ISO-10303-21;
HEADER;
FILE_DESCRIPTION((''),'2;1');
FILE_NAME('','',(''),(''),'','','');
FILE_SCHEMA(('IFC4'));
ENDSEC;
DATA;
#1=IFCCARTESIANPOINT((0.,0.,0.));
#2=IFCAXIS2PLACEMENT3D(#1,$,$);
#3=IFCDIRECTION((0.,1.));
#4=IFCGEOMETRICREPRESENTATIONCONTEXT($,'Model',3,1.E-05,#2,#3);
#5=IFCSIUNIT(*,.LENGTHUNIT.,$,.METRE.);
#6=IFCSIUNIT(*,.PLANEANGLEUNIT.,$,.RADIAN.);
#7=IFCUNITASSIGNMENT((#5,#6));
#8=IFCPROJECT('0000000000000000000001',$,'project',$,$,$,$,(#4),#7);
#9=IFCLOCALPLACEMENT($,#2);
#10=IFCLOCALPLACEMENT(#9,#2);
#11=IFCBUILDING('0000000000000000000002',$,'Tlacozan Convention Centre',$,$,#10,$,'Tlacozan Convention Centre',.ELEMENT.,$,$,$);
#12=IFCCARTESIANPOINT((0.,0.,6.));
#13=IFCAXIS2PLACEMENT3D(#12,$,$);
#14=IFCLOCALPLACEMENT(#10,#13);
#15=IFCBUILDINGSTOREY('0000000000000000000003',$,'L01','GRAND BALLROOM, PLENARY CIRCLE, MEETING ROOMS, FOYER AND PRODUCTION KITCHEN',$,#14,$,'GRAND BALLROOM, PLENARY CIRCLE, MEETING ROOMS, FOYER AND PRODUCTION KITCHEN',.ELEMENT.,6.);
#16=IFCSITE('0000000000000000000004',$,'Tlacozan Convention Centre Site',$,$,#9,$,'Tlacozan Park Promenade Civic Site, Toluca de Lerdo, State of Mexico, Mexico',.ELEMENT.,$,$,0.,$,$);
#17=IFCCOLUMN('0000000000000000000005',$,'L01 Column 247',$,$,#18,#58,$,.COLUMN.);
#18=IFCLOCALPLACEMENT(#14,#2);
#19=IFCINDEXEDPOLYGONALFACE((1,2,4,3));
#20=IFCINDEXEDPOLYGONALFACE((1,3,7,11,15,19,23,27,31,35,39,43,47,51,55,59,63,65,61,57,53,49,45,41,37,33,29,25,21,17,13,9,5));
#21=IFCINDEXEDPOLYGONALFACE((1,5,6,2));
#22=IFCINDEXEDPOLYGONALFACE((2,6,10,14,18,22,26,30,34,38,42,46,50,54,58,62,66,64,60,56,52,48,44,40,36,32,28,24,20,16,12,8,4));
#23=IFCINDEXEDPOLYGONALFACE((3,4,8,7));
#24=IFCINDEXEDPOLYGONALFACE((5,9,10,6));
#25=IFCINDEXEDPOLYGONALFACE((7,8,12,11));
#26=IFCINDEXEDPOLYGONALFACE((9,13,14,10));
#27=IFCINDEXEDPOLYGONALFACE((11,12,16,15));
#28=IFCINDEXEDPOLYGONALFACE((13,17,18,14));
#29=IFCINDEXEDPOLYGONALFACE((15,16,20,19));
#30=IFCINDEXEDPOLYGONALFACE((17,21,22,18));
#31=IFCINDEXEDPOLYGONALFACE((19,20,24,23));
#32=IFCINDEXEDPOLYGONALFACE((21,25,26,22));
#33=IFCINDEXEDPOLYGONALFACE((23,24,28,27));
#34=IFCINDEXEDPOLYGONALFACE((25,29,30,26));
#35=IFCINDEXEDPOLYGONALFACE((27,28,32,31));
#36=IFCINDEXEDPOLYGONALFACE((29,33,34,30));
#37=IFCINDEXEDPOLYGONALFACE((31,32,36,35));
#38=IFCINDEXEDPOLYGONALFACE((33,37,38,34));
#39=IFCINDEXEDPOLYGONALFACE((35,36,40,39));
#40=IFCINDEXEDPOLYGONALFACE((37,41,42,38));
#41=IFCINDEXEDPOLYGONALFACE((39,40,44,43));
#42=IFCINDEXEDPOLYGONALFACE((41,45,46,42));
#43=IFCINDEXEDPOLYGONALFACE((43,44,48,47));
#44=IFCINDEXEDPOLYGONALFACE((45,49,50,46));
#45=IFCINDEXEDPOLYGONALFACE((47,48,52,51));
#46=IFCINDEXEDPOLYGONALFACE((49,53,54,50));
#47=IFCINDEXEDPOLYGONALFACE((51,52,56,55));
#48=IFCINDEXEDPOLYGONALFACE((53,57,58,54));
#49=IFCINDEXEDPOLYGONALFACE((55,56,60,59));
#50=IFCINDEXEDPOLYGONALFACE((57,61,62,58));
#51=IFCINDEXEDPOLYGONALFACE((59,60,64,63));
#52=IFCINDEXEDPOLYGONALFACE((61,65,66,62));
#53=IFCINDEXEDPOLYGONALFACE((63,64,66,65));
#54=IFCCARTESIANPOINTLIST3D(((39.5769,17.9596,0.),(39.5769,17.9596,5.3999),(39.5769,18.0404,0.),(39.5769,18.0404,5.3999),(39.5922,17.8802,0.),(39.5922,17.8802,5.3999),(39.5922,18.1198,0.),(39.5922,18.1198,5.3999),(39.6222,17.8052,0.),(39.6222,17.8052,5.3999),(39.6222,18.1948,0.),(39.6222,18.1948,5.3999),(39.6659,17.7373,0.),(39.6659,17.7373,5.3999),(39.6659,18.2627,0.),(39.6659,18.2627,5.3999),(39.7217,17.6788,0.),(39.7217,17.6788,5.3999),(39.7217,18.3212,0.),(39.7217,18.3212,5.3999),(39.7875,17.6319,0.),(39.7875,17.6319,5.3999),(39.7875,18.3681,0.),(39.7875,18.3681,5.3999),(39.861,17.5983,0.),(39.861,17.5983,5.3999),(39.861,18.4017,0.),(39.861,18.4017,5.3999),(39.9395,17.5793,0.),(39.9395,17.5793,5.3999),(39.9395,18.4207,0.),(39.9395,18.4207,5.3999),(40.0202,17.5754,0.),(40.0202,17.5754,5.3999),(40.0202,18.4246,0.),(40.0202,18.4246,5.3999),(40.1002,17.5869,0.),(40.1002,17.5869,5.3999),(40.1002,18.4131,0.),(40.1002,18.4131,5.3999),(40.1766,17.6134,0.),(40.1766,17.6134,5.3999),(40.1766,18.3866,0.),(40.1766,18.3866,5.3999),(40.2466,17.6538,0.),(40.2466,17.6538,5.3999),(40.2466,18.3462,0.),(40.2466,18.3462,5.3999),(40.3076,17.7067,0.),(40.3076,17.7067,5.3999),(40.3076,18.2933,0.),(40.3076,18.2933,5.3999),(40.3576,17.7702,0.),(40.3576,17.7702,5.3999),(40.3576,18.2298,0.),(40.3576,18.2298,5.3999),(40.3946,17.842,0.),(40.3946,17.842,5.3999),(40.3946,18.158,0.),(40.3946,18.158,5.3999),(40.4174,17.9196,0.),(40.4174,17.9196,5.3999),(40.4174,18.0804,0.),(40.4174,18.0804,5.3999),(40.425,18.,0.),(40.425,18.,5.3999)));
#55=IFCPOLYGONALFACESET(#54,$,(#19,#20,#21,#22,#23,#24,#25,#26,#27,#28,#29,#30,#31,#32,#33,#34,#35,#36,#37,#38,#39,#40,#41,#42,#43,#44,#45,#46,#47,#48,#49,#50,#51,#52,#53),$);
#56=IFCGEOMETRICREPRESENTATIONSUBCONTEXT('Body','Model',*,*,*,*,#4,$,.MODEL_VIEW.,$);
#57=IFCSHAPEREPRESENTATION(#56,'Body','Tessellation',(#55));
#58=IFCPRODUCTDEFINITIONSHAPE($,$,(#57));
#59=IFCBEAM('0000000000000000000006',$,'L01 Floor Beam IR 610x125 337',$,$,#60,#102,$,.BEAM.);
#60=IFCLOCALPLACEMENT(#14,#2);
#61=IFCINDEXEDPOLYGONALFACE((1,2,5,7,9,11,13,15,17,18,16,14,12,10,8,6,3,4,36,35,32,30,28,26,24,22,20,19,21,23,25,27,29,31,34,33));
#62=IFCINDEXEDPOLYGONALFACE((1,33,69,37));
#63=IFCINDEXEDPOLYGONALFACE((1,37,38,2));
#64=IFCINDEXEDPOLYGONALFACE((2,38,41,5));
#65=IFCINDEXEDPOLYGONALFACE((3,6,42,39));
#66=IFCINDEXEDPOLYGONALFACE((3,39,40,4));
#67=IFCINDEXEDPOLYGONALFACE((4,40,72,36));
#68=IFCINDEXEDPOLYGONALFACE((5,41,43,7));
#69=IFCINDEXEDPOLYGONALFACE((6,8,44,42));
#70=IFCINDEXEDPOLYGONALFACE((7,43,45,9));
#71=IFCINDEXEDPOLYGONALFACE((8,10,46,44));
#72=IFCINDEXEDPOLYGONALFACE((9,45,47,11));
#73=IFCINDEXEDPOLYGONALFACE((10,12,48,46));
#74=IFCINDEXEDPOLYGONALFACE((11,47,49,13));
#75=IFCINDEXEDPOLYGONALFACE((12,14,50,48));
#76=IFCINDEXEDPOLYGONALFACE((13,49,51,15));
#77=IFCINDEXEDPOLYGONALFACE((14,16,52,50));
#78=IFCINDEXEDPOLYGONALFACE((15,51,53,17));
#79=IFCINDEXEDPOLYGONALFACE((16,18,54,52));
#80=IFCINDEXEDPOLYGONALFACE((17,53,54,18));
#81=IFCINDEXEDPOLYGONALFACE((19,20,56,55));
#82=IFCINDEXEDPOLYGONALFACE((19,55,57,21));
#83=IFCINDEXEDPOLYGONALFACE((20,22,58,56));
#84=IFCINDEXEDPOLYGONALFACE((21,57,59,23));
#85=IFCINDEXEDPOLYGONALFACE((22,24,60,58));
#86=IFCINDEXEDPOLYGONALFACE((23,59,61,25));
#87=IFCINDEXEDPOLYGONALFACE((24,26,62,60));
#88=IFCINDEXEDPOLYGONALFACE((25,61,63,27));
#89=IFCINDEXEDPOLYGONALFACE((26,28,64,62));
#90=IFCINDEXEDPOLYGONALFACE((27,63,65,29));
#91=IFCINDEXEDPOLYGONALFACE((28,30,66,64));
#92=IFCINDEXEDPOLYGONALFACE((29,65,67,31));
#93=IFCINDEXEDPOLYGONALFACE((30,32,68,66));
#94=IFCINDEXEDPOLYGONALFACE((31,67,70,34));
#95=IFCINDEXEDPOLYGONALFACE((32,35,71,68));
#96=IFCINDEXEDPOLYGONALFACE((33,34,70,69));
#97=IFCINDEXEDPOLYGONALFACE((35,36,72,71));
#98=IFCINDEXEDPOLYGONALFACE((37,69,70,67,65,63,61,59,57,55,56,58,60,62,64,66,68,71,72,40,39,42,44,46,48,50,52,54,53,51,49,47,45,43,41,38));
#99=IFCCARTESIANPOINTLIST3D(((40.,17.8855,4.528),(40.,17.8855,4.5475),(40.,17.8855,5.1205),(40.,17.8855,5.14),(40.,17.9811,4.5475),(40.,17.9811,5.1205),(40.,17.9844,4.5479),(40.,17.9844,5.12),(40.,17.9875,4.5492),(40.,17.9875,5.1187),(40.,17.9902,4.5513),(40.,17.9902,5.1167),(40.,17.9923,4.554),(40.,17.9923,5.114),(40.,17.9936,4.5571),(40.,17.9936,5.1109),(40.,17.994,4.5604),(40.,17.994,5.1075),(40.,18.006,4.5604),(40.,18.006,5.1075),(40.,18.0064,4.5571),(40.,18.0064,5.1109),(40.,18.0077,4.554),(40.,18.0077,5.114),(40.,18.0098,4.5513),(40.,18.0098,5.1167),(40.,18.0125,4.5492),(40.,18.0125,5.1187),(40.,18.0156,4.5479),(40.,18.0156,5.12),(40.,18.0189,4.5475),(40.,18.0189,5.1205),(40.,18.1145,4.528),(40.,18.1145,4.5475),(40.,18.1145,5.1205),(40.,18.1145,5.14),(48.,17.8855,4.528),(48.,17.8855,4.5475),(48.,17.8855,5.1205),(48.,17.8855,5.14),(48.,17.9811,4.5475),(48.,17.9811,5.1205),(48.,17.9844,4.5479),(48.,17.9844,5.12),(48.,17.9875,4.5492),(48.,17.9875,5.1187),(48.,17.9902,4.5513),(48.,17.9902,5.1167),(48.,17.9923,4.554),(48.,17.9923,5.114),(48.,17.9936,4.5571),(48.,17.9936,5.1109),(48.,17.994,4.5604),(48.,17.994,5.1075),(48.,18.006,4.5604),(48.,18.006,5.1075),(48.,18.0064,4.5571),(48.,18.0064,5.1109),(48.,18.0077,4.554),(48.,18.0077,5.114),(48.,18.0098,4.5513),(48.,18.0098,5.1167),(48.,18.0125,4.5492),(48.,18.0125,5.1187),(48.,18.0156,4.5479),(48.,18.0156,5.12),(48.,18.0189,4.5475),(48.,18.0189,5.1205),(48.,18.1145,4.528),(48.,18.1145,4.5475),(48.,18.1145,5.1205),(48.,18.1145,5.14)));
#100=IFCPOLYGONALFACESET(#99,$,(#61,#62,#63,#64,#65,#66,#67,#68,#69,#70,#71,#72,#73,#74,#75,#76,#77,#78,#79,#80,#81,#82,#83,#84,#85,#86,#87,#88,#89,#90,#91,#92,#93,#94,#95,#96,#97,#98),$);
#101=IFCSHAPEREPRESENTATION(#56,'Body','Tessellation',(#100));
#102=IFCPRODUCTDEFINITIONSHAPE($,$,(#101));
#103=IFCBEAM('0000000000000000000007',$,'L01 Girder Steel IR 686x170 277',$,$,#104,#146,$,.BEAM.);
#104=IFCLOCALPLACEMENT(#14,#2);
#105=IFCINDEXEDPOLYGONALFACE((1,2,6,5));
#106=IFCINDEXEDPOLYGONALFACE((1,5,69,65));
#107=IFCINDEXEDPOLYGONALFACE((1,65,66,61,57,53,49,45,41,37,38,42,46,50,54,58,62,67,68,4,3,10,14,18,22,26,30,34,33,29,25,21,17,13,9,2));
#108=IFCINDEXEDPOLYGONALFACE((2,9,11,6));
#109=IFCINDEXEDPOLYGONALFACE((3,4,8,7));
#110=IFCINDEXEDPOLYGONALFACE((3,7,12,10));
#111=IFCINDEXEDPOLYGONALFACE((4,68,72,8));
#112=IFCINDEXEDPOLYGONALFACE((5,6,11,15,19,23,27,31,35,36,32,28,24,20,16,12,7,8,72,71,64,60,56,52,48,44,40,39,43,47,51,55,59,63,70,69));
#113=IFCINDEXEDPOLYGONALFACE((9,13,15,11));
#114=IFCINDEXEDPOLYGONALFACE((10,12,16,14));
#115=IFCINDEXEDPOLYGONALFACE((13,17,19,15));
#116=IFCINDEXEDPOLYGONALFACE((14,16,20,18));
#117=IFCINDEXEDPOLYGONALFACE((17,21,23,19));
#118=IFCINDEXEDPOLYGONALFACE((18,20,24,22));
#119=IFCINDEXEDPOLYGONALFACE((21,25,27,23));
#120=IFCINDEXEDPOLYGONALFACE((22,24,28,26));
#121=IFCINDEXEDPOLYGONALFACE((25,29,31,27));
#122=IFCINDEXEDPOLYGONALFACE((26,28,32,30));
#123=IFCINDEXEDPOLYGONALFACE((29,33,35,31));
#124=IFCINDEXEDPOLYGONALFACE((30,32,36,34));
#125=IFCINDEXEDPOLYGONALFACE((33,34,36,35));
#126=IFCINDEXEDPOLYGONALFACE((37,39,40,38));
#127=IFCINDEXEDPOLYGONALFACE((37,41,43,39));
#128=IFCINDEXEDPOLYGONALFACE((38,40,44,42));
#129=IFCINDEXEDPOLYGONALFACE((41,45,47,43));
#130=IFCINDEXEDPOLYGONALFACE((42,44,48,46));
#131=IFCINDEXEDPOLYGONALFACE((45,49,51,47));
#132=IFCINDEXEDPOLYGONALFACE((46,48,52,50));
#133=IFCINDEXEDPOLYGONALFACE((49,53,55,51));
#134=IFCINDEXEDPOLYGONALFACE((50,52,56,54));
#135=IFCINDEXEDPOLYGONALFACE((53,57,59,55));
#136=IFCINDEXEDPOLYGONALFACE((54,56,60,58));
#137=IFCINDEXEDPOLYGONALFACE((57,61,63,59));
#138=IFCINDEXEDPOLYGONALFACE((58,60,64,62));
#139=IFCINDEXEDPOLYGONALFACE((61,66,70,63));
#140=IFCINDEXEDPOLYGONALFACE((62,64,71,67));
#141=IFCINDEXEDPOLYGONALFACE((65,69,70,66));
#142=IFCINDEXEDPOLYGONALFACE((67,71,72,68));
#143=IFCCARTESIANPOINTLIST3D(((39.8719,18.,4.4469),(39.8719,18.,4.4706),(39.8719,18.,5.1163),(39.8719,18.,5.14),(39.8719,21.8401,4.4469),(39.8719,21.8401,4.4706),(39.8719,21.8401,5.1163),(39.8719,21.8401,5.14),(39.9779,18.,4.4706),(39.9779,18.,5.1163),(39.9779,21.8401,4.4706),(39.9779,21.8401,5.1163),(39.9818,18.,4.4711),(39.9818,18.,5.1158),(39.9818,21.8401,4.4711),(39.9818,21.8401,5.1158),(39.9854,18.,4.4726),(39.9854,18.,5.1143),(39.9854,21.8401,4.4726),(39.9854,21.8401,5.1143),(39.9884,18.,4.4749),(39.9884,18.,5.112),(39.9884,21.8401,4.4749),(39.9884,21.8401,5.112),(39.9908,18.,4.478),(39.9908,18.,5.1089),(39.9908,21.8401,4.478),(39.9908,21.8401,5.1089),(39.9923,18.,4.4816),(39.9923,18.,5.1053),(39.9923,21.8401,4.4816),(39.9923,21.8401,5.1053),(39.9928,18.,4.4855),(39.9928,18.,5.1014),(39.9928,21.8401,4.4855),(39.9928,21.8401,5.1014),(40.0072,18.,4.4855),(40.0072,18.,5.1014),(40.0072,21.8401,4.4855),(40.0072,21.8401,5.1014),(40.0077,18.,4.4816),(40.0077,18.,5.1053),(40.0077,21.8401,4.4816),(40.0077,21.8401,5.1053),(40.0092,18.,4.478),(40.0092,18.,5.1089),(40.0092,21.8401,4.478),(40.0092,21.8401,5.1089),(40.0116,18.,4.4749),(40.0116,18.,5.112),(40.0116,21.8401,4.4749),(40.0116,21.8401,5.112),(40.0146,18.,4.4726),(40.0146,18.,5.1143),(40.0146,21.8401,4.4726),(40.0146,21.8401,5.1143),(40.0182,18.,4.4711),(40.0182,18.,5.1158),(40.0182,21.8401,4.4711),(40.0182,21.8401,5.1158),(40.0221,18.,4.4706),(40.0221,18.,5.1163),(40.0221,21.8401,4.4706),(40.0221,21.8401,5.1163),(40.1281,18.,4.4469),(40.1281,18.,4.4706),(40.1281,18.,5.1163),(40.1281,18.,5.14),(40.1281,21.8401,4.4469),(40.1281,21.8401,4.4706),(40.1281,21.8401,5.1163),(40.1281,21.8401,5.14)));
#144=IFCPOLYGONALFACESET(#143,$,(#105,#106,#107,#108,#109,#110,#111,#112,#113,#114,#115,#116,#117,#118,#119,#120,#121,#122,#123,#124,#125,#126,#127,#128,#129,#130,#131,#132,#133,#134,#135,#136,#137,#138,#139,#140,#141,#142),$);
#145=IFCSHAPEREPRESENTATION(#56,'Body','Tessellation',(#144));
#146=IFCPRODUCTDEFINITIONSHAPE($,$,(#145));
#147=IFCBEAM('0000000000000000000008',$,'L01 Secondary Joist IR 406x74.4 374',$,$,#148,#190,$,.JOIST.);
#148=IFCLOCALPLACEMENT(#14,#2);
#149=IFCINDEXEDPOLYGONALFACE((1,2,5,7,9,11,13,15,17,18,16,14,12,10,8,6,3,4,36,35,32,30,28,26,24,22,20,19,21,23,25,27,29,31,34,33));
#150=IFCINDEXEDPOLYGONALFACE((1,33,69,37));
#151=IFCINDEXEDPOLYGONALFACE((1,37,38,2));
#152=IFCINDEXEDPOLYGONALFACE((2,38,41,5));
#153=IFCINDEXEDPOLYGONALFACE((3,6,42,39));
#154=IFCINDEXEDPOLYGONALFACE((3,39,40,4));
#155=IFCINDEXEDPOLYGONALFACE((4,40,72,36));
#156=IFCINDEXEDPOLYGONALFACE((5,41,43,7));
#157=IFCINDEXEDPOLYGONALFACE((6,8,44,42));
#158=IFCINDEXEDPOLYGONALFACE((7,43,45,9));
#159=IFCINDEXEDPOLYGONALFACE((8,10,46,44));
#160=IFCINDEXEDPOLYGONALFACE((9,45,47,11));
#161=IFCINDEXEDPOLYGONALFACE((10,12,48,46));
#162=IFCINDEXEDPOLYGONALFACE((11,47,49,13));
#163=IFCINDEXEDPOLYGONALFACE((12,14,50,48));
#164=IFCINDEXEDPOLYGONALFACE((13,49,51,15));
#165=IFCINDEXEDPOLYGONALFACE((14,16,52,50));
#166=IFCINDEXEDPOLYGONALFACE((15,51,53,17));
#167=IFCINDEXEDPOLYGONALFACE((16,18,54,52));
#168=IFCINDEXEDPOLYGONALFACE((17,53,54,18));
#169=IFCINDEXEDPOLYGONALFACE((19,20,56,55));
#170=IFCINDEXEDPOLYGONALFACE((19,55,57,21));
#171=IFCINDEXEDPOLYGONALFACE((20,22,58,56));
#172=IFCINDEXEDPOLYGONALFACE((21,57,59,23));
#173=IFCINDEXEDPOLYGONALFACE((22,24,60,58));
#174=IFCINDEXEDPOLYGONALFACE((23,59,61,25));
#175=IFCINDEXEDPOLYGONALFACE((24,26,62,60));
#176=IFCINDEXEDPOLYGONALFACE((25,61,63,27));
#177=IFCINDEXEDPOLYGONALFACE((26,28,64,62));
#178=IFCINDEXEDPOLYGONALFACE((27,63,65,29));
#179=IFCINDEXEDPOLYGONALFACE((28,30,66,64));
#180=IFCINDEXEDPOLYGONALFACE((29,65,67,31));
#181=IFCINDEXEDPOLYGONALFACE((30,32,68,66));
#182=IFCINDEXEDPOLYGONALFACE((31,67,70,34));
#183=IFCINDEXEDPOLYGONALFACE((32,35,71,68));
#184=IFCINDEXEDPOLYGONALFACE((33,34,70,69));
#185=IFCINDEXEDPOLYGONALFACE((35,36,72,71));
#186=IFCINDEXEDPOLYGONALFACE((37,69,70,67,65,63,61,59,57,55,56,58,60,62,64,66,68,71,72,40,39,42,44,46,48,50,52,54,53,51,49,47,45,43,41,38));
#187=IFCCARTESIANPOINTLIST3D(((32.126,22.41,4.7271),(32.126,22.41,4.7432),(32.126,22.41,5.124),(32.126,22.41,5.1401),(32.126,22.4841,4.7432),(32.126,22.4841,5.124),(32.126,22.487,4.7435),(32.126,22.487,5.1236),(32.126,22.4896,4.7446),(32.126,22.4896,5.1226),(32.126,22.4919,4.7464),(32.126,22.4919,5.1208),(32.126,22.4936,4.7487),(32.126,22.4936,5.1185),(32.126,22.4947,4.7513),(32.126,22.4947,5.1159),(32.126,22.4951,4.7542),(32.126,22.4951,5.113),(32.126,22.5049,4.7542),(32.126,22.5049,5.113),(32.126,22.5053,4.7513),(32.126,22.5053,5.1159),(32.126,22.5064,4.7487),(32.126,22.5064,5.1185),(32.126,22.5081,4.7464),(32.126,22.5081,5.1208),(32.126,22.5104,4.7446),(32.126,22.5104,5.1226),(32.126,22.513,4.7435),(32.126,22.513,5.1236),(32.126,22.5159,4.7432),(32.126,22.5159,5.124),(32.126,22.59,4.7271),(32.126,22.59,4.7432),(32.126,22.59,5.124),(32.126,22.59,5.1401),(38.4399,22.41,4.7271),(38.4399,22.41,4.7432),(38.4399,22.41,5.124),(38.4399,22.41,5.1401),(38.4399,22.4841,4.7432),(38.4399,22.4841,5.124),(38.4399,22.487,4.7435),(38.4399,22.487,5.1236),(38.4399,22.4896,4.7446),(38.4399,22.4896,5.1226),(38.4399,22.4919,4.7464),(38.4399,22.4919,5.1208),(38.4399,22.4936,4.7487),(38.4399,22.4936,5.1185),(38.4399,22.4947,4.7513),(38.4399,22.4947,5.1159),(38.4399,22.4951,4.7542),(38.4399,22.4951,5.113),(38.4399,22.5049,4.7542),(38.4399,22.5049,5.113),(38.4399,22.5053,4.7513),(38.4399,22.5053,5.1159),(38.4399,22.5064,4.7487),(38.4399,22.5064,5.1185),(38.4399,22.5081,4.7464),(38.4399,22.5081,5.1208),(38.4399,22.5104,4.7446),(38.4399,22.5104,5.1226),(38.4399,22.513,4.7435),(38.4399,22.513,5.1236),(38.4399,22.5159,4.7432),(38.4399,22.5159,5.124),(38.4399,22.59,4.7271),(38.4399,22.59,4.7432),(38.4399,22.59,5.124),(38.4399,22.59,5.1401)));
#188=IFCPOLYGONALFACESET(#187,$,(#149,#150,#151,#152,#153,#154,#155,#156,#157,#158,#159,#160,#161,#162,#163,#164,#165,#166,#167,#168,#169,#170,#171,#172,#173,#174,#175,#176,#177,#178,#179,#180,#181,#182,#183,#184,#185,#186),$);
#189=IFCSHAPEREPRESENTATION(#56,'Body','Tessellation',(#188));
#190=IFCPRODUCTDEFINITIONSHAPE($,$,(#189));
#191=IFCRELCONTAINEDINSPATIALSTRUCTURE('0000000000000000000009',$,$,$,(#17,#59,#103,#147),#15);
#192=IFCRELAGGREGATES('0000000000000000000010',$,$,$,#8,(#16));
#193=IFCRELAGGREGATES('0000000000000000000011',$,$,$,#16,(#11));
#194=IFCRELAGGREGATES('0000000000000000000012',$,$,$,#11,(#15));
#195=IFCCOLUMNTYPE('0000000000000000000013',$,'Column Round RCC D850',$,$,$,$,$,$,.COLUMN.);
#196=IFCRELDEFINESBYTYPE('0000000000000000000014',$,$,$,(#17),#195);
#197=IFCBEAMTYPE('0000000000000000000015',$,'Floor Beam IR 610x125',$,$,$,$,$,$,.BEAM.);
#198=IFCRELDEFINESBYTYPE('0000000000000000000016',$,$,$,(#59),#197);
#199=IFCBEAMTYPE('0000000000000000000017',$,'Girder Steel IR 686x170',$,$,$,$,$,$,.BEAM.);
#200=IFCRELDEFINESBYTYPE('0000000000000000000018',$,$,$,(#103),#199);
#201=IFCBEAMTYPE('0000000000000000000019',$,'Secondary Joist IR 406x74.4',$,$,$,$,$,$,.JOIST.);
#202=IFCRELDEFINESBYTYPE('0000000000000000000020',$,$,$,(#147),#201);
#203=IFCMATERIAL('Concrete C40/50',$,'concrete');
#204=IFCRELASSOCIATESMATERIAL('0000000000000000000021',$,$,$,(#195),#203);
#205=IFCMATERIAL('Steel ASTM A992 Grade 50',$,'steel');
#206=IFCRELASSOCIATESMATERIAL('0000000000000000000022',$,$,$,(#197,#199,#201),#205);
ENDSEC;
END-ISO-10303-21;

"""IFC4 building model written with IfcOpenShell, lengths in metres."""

from ifc_helpers import new_model, si_unit, direction, frame, origin, origin_2d, place, context, subcontext, project, spatial, circle, i_section, extrude, material, material_profile, profile_set, type_object, element, save


model = new_model("IFC4")

# Units and contexts
model_context = context("Model", 3, precision=1e-05, world=origin(), true_north=direction((0.0, 1.0)))
body_context = subcontext(model_context, "Body", "Model", "MODEL_VIEW")
ifc_project = project(units=[si_unit("LENGTHUNIT", "METRE"), si_unit("PLANEANGLEUNIT", "RADIAN")], contexts=[model_context])

# Site, building, storey
site_placement = place(None, origin())
site = spatial("IfcSite", under=ifc_project, at=site_placement, Name="Tlacozan Convention Centre Site", LongName="Tlacozan Park Promenade Civic Site, Toluca de Lerdo, State of Mexico, Mexico", CompositionType="ELEMENT", RefElevation=0.0)
building_placement = place(site_placement, origin())
building = spatial("IfcBuilding", under=site, at=building_placement, Name="Tlacozan Convention Centre", LongName="Tlacozan Convention Centre", CompositionType="ELEMENT")
storey_placement = place(building_placement, frame((0.0, 0.0, 6.0)))
storey = spatial("IfcBuildingStorey", under=building, at=storey_placement, Name="L01", Description="GRAND BALLROOM, PLENARY CIRCLE, MEETING ROOMS, FOYER AND PRODUCTION KITCHEN", LongName="GRAND BALLROOM, PLENARY CIRCLE, MEETING ROOMS, FOYER AND PRODUCTION KITCHEN", CompositionType="ELEMENT", Elevation=6.0)

# Column
ifc_material_1 = material(Name="Concrete C40/50", Category="concrete")
ifc_material_profile_1 = material_profile(ifc_material_1, circle(Radius=0.425, at=origin_2d()), Name="RCC D850")
ifc_profile_set_1 = profile_set([ifc_material_profile_1], Name="Concrete C40/50")
column_type = type_object("IfcColumnType", Name="Column Round RCC D850", PredefinedType="COLUMN", material=ifc_profile_set_1)
column_placement = place(storey_placement, frame((40.0, 18.0, 0.0), z_axis=(0.0, 0.0, 1.0), x_axis=(1.0, 0.0, 0.0)))
element("IfcColumn", 1, at=column_placement, inside=storey, type_object=column_type, Name="L01 Column 247", PredefinedType="COLUMN", context=body_context, shape_type="SweptSolid", body=[
    extrude(circle(Radius=0.425, at=origin_2d()), origin(), (0.0, 0.0, 1.0), 5.3999),
])

# Beams
ifc_material_2 = material(Name="Steel ASTM A992 Grade 50", Category="steel")
ifc_material_profile_2 = material_profile(ifc_material_2, i_section(OverallWidth=0.229, OverallDepth=0.6121, WebThickness=0.012, FlangeThickness=0.0195, FilletRadius=0.0129, at=origin_2d()), Name="IR 610x125.0")
ifc_profile_set_2 = profile_set([ifc_material_profile_2], Name="Steel ASTM A992 Grade 50")
beam_type_1 = type_object("IfcBeamType", Name="Floor Beam IR 610x125", PredefinedType="BEAM", material=ifc_profile_set_2)
beam_1_placement = place(storey_placement, frame((40.0, 18.0, 4.834), z_axis=(1.0, 0.0, 0.0), x_axis=(0.0, 1.0, 0.0)))
element("IfcBeam", 2, at=beam_1_placement, inside=storey, type_object=beam_type_1, Name="L01 Floor Beam IR 610x125 337", PredefinedType="BEAM", context=body_context, shape_type="SweptSolid", body=[
    extrude(i_section(OverallWidth=0.229, OverallDepth=0.6121, WebThickness=0.012, FlangeThickness=0.0195, FilletRadius=0.0129, at=origin_2d()), origin(), (0.0, 0.0, 1.0), 8.0),
])
ifc_material_profile_3 = material_profile(ifc_material_2, i_section(OverallWidth=0.2561, OverallDepth=0.6931, WebThickness=0.0144, FlangeThickness=0.0237, FilletRadius=0.0149, at=origin_2d()), Name="IR 686x170.0")
ifc_profile_set_3 = profile_set([ifc_material_profile_3], Name="Steel ASTM A992 Grade 50")
beam_type_2 = type_object("IfcBeamType", Name="Girder Steel IR 686x170", PredefinedType="BEAM", material=ifc_profile_set_3)
beam_2_placement = place(storey_placement, frame((40.0, 18.0, 4.7935), z_axis=(0.0, 1.0, 0.0), x_axis=(-1.0, 0.0, 0.0)))
element("IfcBeam", 3, at=beam_2_placement, inside=storey, type_object=beam_type_2, Name="L01 Girder Steel IR 686x170 277", PredefinedType="BEAM", context=body_context, shape_type="SweptSolid", body=[
    extrude(i_section(OverallWidth=0.2561, OverallDepth=0.6931, WebThickness=0.0144, FlangeThickness=0.0237, FilletRadius=0.0149, at=origin_2d()), origin(), (0.0, 0.0, 1.0), 3.8401),
])
ifc_material_profile_4 = material_profile(ifc_material_2, i_section(OverallWidth=0.1799, OverallDepth=0.4131, WebThickness=0.0098, FlangeThickness=0.0161, FilletRadius=0.011, at=origin_2d()), Name="IR 406x74.4")
ifc_profile_set_4 = profile_set([ifc_material_profile_4], Name="Steel ASTM A992 Grade 50")
beam_type_3 = type_object("IfcBeamType", Name="Secondary Joist IR 406x74.4", PredefinedType="JOIST", material=ifc_profile_set_4)
beam_3_placement = place(storey_placement, frame((32.126, 22.5, 4.9336), z_axis=(1.0, 0.0, 0.0), x_axis=(0.0, 1.0, 0.0)))
element("IfcBeam", 4, at=beam_3_placement, inside=storey, type_object=beam_type_3, Name="L01 Secondary Joist IR 406x74.4 374", PredefinedType="JOIST", context=body_context, shape_type="SweptSolid", body=[
    extrude(i_section(OverallWidth=0.1799, OverallDepth=0.4131, WebThickness=0.0098, FlangeThickness=0.0161, FilletRadius=0.011, at=origin_2d()), origin(), (0.0, 0.0, 1.0), 6.314),
])

save(model, "model.ifc")
